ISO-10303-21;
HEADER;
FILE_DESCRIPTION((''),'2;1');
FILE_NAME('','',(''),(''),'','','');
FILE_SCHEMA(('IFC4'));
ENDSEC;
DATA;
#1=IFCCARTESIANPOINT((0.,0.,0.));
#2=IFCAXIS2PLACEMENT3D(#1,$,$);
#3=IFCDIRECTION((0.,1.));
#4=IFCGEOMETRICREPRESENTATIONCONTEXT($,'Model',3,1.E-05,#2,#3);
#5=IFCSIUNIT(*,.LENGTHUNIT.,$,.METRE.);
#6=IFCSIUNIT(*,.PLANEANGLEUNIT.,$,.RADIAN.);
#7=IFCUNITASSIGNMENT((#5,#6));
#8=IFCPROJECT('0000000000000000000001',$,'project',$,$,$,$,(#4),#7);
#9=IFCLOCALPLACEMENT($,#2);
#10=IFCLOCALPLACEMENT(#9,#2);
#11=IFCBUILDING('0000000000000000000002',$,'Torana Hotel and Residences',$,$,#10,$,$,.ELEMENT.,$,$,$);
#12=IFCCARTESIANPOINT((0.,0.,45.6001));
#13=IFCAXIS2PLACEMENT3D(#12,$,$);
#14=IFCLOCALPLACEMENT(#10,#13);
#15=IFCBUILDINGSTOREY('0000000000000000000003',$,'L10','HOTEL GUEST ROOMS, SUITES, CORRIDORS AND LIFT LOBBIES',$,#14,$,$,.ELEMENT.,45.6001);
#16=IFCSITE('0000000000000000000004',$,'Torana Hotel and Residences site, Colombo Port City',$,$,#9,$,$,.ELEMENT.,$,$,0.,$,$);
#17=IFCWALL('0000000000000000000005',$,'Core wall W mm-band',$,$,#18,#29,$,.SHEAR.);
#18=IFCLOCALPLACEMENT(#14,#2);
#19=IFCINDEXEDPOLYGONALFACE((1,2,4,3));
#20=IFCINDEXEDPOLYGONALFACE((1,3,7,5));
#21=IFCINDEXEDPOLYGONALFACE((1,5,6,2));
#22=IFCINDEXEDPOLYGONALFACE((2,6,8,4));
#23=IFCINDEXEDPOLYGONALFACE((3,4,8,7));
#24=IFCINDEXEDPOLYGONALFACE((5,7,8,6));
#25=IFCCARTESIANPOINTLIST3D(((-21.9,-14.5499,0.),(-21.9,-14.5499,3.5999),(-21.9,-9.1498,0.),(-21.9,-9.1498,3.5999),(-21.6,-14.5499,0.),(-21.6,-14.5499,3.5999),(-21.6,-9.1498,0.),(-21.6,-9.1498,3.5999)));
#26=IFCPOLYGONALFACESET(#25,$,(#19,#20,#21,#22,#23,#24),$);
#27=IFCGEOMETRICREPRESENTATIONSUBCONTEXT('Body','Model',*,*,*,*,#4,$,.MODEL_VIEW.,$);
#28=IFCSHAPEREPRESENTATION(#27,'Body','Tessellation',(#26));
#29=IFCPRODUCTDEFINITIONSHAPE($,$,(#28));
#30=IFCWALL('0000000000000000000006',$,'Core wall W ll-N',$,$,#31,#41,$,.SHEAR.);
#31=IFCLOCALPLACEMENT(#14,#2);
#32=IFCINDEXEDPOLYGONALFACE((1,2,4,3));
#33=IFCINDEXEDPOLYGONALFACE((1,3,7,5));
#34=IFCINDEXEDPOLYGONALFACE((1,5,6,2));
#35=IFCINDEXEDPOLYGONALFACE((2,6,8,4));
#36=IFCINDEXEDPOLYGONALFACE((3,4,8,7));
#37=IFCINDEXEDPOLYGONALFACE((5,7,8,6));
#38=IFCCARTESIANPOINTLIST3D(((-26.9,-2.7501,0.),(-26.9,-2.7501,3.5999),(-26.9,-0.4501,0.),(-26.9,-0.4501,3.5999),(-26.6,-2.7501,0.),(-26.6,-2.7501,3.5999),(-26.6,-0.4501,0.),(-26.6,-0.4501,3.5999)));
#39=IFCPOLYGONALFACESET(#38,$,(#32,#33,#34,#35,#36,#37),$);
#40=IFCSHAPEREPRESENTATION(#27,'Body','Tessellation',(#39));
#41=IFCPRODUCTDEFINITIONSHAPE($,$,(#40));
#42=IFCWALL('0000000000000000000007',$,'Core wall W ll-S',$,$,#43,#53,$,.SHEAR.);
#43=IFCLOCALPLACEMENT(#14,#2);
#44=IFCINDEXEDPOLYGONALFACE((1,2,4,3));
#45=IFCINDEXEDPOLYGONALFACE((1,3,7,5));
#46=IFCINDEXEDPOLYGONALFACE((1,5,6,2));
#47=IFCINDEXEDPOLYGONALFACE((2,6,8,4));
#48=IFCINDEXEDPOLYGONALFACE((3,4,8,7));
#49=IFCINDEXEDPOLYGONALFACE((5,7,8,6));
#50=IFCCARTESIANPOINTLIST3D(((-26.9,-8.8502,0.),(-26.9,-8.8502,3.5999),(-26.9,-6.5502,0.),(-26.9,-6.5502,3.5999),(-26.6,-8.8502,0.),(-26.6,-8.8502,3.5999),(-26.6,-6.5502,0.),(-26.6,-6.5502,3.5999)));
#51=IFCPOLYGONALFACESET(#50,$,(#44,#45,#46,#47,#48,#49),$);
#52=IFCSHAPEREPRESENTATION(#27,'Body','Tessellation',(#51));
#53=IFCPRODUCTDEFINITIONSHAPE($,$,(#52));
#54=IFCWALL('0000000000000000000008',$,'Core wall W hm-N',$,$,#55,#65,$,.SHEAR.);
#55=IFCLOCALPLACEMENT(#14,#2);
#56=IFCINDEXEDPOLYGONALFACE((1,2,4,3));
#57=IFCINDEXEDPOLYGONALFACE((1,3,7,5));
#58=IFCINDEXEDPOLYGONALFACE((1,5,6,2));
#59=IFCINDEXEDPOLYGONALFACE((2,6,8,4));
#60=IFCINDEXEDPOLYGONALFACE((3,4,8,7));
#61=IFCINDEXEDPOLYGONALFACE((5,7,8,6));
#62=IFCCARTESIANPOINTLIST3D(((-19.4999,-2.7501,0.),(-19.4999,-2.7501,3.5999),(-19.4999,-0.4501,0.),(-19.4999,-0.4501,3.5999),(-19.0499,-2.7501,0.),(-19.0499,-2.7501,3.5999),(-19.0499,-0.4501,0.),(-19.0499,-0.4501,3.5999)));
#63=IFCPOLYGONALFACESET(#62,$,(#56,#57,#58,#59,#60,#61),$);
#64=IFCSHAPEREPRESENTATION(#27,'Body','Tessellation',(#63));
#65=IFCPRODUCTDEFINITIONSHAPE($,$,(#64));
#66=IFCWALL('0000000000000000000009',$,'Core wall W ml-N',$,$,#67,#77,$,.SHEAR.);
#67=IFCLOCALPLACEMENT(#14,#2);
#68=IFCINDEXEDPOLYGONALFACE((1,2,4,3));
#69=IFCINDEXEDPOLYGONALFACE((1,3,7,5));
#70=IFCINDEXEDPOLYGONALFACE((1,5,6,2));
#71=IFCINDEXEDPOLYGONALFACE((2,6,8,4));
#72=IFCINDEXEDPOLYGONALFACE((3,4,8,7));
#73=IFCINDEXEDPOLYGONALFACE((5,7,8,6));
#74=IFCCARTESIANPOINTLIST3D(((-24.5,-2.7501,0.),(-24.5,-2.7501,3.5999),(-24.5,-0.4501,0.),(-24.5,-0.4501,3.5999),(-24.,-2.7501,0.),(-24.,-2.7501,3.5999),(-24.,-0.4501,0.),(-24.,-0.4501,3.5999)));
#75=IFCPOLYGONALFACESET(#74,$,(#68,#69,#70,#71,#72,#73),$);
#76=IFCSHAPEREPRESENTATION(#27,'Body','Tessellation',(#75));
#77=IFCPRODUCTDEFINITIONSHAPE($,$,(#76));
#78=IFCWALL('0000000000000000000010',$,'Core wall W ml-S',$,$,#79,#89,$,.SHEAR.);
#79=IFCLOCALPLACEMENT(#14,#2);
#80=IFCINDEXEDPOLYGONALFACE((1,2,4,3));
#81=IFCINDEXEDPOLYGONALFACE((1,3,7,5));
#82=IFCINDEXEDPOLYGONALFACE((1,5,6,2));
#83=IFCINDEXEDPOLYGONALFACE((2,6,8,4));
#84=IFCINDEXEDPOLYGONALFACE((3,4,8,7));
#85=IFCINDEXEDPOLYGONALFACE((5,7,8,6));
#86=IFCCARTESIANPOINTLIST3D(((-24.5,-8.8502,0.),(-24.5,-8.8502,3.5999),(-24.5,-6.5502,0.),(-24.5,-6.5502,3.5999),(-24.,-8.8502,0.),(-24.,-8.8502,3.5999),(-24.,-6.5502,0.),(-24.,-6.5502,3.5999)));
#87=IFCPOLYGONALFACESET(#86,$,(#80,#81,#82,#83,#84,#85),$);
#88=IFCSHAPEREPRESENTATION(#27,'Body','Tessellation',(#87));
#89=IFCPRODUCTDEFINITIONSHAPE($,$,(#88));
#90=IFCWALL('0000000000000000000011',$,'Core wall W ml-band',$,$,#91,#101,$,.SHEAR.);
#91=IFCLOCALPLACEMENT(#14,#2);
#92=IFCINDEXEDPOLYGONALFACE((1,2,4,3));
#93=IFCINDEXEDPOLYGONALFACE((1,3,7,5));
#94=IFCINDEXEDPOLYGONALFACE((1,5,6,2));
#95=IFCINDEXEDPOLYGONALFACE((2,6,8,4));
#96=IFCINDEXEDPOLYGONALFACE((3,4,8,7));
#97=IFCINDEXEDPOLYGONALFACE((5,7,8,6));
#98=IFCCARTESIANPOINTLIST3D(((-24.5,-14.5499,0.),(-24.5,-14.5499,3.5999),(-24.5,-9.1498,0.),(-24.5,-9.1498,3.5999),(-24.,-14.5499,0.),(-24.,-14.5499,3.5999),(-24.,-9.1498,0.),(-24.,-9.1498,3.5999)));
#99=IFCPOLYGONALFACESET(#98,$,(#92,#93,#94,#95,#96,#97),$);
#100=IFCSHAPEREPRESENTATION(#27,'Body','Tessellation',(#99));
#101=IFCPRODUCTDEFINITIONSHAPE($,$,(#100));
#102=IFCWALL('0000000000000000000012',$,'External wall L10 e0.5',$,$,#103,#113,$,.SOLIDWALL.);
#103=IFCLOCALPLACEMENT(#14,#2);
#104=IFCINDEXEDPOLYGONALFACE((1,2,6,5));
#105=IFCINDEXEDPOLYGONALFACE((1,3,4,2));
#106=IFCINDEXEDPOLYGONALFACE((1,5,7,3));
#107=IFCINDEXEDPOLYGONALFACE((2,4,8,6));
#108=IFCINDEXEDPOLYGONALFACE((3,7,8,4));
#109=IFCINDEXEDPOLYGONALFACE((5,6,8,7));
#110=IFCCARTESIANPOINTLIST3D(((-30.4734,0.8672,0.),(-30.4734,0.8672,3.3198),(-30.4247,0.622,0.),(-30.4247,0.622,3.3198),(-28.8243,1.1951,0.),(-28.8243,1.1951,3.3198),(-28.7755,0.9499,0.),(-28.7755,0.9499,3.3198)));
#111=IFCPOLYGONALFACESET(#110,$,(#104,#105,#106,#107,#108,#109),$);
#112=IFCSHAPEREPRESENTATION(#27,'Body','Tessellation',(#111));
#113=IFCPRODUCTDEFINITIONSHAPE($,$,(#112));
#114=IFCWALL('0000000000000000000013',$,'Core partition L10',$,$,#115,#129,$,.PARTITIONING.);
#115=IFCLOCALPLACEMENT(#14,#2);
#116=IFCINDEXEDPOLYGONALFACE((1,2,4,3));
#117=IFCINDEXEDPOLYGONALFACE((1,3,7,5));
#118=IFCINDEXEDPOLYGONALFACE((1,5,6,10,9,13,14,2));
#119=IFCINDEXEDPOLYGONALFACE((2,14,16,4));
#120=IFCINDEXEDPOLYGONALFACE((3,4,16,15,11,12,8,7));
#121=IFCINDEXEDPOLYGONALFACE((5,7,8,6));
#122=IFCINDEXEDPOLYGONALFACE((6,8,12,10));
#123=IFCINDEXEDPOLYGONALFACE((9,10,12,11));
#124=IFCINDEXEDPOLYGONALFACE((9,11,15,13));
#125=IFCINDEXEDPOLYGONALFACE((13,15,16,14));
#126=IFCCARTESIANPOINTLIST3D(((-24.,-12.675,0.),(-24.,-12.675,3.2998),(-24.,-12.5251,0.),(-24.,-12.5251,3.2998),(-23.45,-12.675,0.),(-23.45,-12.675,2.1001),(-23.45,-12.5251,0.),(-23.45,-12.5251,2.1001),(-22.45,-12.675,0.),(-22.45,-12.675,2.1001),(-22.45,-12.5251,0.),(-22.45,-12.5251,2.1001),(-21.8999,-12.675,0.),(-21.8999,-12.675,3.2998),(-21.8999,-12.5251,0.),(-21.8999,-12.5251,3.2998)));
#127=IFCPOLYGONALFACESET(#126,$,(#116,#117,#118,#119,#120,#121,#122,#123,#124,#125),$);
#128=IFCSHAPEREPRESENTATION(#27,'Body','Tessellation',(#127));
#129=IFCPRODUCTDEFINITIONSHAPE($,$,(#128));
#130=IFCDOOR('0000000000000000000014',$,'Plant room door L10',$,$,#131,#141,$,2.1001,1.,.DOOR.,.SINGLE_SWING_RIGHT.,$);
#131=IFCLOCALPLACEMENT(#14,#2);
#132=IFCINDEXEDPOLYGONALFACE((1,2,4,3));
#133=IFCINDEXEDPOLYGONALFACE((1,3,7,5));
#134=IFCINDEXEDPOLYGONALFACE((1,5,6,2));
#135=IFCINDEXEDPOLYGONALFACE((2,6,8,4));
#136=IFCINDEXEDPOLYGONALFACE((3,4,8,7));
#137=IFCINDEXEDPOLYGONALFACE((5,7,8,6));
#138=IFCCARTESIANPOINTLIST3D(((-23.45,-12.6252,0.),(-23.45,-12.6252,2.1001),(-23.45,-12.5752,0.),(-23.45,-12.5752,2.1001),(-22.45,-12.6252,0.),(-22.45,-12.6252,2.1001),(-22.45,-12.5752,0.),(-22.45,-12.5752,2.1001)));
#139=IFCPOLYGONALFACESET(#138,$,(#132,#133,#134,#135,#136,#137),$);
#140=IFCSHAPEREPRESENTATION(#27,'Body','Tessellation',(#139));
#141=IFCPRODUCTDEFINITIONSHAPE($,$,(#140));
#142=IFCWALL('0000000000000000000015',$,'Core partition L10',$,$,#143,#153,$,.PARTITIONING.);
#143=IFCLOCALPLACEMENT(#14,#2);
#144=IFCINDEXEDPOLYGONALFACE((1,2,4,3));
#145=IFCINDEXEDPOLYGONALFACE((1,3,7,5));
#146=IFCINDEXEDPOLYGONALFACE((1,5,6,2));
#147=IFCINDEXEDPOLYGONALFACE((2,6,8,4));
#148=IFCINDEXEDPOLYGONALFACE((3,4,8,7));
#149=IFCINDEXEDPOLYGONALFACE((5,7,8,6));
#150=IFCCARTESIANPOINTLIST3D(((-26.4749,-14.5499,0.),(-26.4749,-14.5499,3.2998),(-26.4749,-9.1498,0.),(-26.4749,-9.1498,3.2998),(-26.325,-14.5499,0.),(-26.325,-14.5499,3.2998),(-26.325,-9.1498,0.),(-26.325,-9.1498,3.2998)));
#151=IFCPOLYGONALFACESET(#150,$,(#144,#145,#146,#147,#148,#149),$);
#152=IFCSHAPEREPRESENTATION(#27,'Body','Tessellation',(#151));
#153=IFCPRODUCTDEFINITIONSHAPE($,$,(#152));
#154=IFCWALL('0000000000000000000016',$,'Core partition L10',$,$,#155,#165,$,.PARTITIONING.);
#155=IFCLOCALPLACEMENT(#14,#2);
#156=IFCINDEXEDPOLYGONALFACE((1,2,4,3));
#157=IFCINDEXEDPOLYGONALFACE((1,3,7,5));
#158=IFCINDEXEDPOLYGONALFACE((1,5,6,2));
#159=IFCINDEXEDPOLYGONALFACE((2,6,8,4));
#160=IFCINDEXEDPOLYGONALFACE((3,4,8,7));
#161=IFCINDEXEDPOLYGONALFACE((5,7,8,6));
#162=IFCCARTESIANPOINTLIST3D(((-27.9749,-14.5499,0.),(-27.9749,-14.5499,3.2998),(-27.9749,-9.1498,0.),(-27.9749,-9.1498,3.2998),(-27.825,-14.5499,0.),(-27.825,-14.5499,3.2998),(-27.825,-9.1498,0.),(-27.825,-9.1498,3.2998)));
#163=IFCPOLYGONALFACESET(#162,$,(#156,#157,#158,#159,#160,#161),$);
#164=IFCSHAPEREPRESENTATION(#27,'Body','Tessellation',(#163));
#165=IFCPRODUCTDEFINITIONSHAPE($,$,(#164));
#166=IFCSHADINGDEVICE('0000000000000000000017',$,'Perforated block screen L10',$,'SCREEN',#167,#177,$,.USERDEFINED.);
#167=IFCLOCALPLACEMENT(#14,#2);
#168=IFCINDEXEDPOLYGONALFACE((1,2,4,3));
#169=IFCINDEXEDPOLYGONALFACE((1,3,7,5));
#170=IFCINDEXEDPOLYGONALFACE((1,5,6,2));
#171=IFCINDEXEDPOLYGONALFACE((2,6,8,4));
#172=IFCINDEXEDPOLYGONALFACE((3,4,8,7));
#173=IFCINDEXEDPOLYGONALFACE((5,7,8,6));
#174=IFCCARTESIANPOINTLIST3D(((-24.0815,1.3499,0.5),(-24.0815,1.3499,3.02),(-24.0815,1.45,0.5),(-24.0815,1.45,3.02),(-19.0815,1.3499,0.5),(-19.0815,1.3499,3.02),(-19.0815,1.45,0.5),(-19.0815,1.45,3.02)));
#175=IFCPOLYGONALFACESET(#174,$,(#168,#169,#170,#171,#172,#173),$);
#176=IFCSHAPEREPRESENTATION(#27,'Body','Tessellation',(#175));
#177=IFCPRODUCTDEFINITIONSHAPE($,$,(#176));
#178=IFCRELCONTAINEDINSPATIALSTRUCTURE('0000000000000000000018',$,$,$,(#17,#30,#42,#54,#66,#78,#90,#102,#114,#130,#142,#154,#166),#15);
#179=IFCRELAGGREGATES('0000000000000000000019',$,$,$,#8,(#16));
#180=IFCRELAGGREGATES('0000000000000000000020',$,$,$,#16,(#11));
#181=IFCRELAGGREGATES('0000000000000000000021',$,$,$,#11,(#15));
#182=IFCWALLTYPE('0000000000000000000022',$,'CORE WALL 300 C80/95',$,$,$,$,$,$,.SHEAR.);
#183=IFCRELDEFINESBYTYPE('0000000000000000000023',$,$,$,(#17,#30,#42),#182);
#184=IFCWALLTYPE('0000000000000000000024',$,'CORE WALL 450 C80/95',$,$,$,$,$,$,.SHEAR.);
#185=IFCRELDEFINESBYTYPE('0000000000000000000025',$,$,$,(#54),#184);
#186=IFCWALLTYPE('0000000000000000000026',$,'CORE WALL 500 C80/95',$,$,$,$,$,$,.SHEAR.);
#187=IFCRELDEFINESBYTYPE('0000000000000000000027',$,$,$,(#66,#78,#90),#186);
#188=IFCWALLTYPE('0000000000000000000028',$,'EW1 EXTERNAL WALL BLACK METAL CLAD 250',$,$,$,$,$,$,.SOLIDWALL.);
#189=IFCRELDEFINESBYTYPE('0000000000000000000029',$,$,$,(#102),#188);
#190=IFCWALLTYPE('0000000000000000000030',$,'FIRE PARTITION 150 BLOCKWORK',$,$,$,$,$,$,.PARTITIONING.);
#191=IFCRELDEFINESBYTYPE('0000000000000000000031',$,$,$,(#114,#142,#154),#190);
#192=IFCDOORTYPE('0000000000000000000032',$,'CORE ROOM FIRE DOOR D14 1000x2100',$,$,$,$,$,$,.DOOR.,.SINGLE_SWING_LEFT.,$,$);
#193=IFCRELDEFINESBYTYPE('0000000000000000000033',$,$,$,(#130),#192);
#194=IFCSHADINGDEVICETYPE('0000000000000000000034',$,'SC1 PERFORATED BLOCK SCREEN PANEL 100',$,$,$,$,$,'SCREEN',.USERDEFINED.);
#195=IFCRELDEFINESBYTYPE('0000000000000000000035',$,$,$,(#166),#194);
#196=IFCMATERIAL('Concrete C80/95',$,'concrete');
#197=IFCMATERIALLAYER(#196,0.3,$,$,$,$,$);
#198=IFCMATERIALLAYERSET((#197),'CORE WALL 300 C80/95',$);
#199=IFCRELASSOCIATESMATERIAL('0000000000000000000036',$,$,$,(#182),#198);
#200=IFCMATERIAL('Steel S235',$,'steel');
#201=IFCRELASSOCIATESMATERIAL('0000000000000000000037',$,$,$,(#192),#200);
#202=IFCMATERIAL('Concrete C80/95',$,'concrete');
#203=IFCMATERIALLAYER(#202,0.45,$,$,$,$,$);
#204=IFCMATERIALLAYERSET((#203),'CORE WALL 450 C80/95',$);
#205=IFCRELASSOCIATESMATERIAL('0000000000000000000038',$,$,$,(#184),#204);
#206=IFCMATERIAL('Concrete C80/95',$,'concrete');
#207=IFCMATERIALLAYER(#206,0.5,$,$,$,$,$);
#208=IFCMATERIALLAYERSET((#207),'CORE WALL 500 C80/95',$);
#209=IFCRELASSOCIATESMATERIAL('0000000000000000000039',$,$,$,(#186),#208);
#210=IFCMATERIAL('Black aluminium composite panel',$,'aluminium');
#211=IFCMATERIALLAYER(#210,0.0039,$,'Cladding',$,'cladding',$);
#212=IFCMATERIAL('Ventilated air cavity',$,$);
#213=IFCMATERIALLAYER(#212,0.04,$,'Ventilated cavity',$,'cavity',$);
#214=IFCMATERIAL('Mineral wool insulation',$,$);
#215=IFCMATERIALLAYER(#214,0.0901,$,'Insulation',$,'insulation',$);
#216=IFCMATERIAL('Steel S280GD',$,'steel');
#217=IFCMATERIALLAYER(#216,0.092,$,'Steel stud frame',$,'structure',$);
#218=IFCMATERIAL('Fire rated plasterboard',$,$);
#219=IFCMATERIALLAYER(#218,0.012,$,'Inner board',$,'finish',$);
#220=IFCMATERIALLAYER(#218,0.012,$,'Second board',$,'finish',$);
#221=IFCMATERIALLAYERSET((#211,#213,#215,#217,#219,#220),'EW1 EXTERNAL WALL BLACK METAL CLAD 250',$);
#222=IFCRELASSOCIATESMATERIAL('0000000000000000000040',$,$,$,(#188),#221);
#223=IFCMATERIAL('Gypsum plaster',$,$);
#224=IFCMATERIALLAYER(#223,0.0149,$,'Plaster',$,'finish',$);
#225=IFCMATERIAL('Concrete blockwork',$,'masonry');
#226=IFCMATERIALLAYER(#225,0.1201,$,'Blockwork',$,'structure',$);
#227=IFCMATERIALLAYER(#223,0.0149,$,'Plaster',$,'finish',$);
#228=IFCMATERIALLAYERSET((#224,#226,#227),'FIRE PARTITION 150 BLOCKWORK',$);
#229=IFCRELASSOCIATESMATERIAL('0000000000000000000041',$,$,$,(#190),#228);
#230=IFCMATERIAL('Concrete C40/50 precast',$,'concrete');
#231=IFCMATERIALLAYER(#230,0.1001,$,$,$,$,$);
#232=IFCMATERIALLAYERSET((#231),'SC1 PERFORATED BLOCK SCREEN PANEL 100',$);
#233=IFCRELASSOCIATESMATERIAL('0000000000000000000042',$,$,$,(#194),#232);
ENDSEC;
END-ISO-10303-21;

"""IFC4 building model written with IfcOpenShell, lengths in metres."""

from ifc_helpers import new_model, si_unit, direction, frame, frame_2d, origin, origin_2d, place, context, subcontext, project, spatial, rectangle, extrude, material, layer, layer_set, type_object, element, fill, save


model = new_model("IFC4")

# Units and contexts
model_context = context("Model", 3, precision=1e-05, world=origin(), true_north=direction((0.0, 1.0)))
body_context = subcontext(model_context, "Body", "Model", "MODEL_VIEW")
ifc_project = project(units=[si_unit("LENGTHUNIT", "METRE"), si_unit("PLANEANGLEUNIT", "RADIAN")], contexts=[model_context])

# Site, building, storey
site_placement = place(None, origin())
site = spatial("IfcSite", under=ifc_project, at=site_placement, Name="Torana Hotel and Residences site, Colombo Port City", CompositionType="ELEMENT", RefElevation=0.0)
building_placement = place(site_placement, origin())
building = spatial("IfcBuilding", under=site, at=building_placement, Name="Torana Hotel and Residences", CompositionType="ELEMENT")
storey_placement = place(building_placement, frame((0.0, 0.0, 45.6001)))
storey = spatial("IfcBuildingStorey", under=building, at=storey_placement, Name="L10", Description="HOTEL GUEST ROOMS, SUITES, CORRIDORS AND LIFT LOBBIES", CompositionType="ELEMENT", Elevation=45.6001)

# Shared definitions
ifc_material_1 = material(Name="Concrete C80/95", Category="concrete")
ifc_layer_1 = layer(ifc_material_1, 0.3)
ifc_layer_set_1 = layer_set([ifc_layer_1], Name="CORE WALL 300 C80/95")
wall_type_1 = type_object("IfcWallType", Name="CORE WALL 300 C80/95", PredefinedType="SHEAR", material=ifc_layer_set_1)
ifc_material_2 = material(Name="Steel S235", Category="steel")
door_type_1 = type_object("IfcDoorType", Name="CORE ROOM FIRE DOOR D14 1000x2100", OperationType="SINGLE_SWING_LEFT", PredefinedType="DOOR", material=ifc_material_2)

# Walls
wall_1_placement = place(storey_placement, frame((-21.75, -14.55, 0.0), z_axis=(0.0, 0.0, 1.0), x_axis=(0.0, 1.0, 0.0)))
element("IfcWall", 1, at=wall_1_placement, inside=storey, type_object=wall_type_1, Name="Core wall W mm-band", PredefinedType="SHEAR", context=body_context, shape_type="SweptSolid", body=[
    extrude(rectangle(XDim=5.4001, YDim=0.3, at=frame_2d((2.7002, 0.0))), origin(), (0.0, 0.0, 1.0), 3.5999),
])
for number, where, z_axis, x_axis, name in (
    (2, (-26.75, -2.75, 0.0), (0.0, 0.0, 1.0), (0.0, 1.0, 0.0), "Core wall W ll-N"),
    (3, (-26.75, -8.8501, 0.0), (0.0, 0.0, 1.0), (0.0, 1.0, 0.0), "Core wall W ll-S"),
):
    element("IfcWall", number, at=place(storey_placement, frame(where, z_axis=z_axis, x_axis=x_axis)), inside=storey, type_object=wall_type_1, Name=name, PredefinedType="SHEAR", context=body_context, shape_type="SweptSolid", body=[
        extrude(rectangle(XDim=2.3, YDim=0.3, at=frame_2d((1.1499, 0.0))), origin(), (0.0, 0.0, 1.0), 3.5999),
    ])
ifc_material_3 = material(Name="Concrete C80/95", Category="concrete")
ifc_layer_2 = layer(ifc_material_3, 0.45)
ifc_layer_set_2 = layer_set([ifc_layer_2], Name="CORE WALL 450 C80/95")
wall_type_2 = type_object("IfcWallType", Name="CORE WALL 450 C80/95", PredefinedType="SHEAR", material=ifc_layer_set_2)
wall_2_placement = place(storey_placement, frame((-19.2749, -2.75, 0.0), z_axis=(0.0, 0.0, 1.0), x_axis=(0.0, 1.0, 0.0)))
element("IfcWall", 4, at=wall_2_placement, inside=storey, type_object=wall_type_2, Name="Core wall W hm-N", PredefinedType="SHEAR", context=body_context, shape_type="SweptSolid", body=[
    extrude(rectangle(XDim=2.3, YDim=0.45, at=frame_2d((1.1499, 0.0))), origin(), (0.0, 0.0, 1.0), 3.5999),
])
ifc_material_4 = material(Name="Concrete C80/95", Category="concrete")
ifc_layer_3 = layer(ifc_material_4, 0.5)
ifc_layer_set_3 = layer_set([ifc_layer_3], Name="CORE WALL 500 C80/95")
wall_type_3 = type_object("IfcWallType", Name="CORE WALL 500 C80/95", PredefinedType="SHEAR", material=ifc_layer_set_3)
for number, where, z_axis, x_axis, name in (
    (5, (-24.25, -2.75, 0.0), (0.0, 0.0, 1.0), (0.0, 1.0, 0.0), "Core wall W ml-N"),
    (6, (-24.25, -8.8501, 0.0), (0.0, 0.0, 1.0), (0.0, 1.0, 0.0), "Core wall W ml-S"),
):
    element("IfcWall", number, at=place(storey_placement, frame(where, z_axis=z_axis, x_axis=x_axis)), inside=storey, type_object=wall_type_3, Name=name, PredefinedType="SHEAR", context=body_context, shape_type="SweptSolid", body=[
        extrude(rectangle(XDim=2.3, YDim=0.5, at=frame_2d((1.1499, 0.0))), origin(), (0.0, 0.0, 1.0), 3.5999),
    ])
wall_3_placement = place(storey_placement, frame((-24.25, -14.55, 0.0), z_axis=(0.0, 0.0, 1.0), x_axis=(0.0, 1.0, 0.0)))
element("IfcWall", 7, at=wall_3_placement, inside=storey, type_object=wall_type_3, Name="Core wall W ml-band", PredefinedType="SHEAR", context=body_context, shape_type="SweptSolid", body=[
    extrude(rectangle(XDim=5.4001, YDim=0.5, at=frame_2d((2.7002, 0.0))), origin(), (0.0, 0.0, 1.0), 3.5999),
])
ifc_material_5 = material(Name="Black aluminium composite panel", Category="aluminium")
ifc_layer_4 = layer(ifc_material_5, 0.0039, Name="Cladding", Category="cladding")
ifc_material_6 = material(Name="Ventilated air cavity")
ifc_layer_5 = layer(ifc_material_6, 0.04, Name="Ventilated cavity", Category="cavity")
ifc_material_7 = material(Name="Mineral wool insulation")
ifc_layer_6 = layer(ifc_material_7, 0.0901, Name="Insulation", Category="insulation")
ifc_material_8 = material(Name="Steel S280GD", Category="steel")
ifc_layer_7 = layer(ifc_material_8, 0.092, Name="Steel stud frame", Category="structure")
ifc_material_9 = material(Name="Fire rated plasterboard")
ifc_layer_8 = layer(ifc_material_9, 0.012, Name="Inner board", Category="finish")
ifc_layer_9 = layer(ifc_material_9, 0.012, Name="Second board", Category="finish")
ifc_layer_set_4 = layer_set([ifc_layer_4, ifc_layer_5, ifc_layer_6, ifc_layer_7, ifc_layer_8, ifc_layer_9], Name="EW1 EXTERNAL WALL BLACK METAL CLAD 250")
wall_type_4 = type_object("IfcWallType", Name="EW1 EXTERNAL WALL BLACK METAL CLAD 250", PredefinedType="SOLIDWALL", material=ifc_layer_set_4)
wall_4_placement = place(storey_placement, frame((-28.7998, 1.0725, 0.0), z_axis=(0.0, 0.0, 1.0), x_axis=(-0.980803, -0.194999, 0.0)))
element("IfcWall", 8, at=wall_4_placement, inside=storey, type_object=wall_type_4, Name="External wall L10 e0.5", PredefinedType="SOLIDWALL", context=body_context, shape_type="SweptSolid", body=[
    extrude(rectangle(XDim=1.6814, YDim=0.25, at=frame_2d((0.8408, 0.0))), origin(), (0.0, 0.0, 1.0), 3.3198),
])

# Wall, opening, door
ifc_material_10 = material(Name="Gypsum plaster")
ifc_layer_10 = layer(ifc_material_10, 0.0149, Name="Plaster", Category="finish")
ifc_material_11 = material(Name="Concrete blockwork", Category="masonry")
ifc_layer_11 = layer(ifc_material_11, 0.1201, Name="Blockwork", Category="structure")
ifc_layer_12 = layer(ifc_material_10, 0.0149, Name="Plaster", Category="finish")
ifc_layer_set_5 = layer_set([ifc_layer_10, ifc_layer_11, ifc_layer_12], Name="FIRE PARTITION 150 BLOCKWORK")
wall_type_5 = type_object("IfcWallType", Name="FIRE PARTITION 150 BLOCKWORK", PredefinedType="PARTITIONING", material=ifc_layer_set_5)
wall_5_placement = place(storey_placement, frame((-24.0, -12.6001, 0.0), z_axis=(0.0, 0.0, 1.0), x_axis=(1.0, 0.0, 0.0)))
wall_5 = element("IfcWall", 9, at=wall_5_placement, inside=storey, type_object=wall_type_5, Name="Core partition L10", PredefinedType="PARTITIONING", context=body_context, shape_type="SweptSolid", body=[
    extrude(rectangle(XDim=2.1001, YDim=0.1499, at=frame_2d((1.05, 0.0))), origin(), (0.0, 0.0, 1.0), 3.2998),
])
opening_1_placement = place(wall_5_placement, frame((0.55, 0.0, 0.0)))
opening_1 = element("IfcOpeningElement", 10, at=opening_1_placement, cuts=wall_5, PredefinedType="OPENING", context=body_context, shape_type="SweptSolid", body=[
    extrude(rectangle(XDim=1.0, YDim=2.1001, at=frame_2d((0.5, 1.05))), frame((0.0, 0.085, 0.0), z_axis=(0.0, -1.0, 0.0), x_axis=(1.0, 0.0, 0.0)), (0.0, 0.0, 1.0), 0.1699),
])
door_1_placement = place(opening_1_placement, origin())
door_1 = element("IfcDoor", 11, at=door_1_placement, inside=storey, type_object=door_type_1, Name="Plant room door L10", OperationType="SINGLE_SWING_RIGHT", OverallHeight=2.1001, OverallWidth=1.0, PredefinedType="DOOR", context=body_context, shape_type="SweptSolid", body=[
    extrude(rectangle(XDim=1.0, YDim=2.1001, at=frame_2d((0.5, 1.05))), frame((0.0, 0.0249, 0.0), z_axis=(0.0, -1.0, 0.0), x_axis=(1.0, 0.0, 0.0)), (0.0, 0.0, 1.0), 0.05),
])
fill(opening_1, door_1)

# Walls
for number, where, z_axis, x_axis, name in (
    (12, (-26.3999, -14.55, 0.0), (0.0, 0.0, 1.0), (0.0, 1.0, 0.0), "Core partition L10"),
    (13, (-27.8999, -14.55, 0.0), (0.0, 0.0, 1.0), (0.0, 1.0, 0.0), "Core partition L10"),
):
    element("IfcWall", number, at=place(storey_placement, frame(where, z_axis=z_axis, x_axis=x_axis)), inside=storey, type_object=wall_type_5, Name=name, PredefinedType="PARTITIONING", context=body_context, shape_type="SweptSolid", body=[
        extrude(rectangle(XDim=5.4001, YDim=0.1499, at=frame_2d((2.7002, 0.0))), origin(), (0.0, 0.0, 1.0), 3.2998),
    ])

# Shading device
ifc_material_12 = material(Name="Concrete C40/50 precast", Category="concrete")
ifc_layer_13 = layer(ifc_material_12, 0.1001)
ifc_layer_set_6 = layer_set([ifc_layer_13], Name="SC1 PERFORATED BLOCK SCREEN PANEL 100")
shading_device_type = type_object("IfcShadingDeviceType", Name="SC1 PERFORATED BLOCK SCREEN PANEL 100", ElementType="SCREEN", PredefinedType="USERDEFINED", material=ifc_layer_set_6)
shading_device_placement = place(storey_placement, frame((-21.5815, 1.3999, 0.5), z_axis=(0.0, 0.0, 1.0), x_axis=(-1.0, 0.0, 0.0)))
element("IfcShadingDevice", 14, at=shading_device_placement, inside=storey, type_object=shading_device_type, Name="Perforated block screen L10", ObjectType="SCREEN", PredefinedType="USERDEFINED", context=body_context, shape_type="SweptSolid", body=[
    extrude(rectangle(XDim=5.0, YDim=0.1001, at=origin_2d()), origin(), (0.0, 0.0, 1.0), 2.52),
])

save(model, "model.ifc")
